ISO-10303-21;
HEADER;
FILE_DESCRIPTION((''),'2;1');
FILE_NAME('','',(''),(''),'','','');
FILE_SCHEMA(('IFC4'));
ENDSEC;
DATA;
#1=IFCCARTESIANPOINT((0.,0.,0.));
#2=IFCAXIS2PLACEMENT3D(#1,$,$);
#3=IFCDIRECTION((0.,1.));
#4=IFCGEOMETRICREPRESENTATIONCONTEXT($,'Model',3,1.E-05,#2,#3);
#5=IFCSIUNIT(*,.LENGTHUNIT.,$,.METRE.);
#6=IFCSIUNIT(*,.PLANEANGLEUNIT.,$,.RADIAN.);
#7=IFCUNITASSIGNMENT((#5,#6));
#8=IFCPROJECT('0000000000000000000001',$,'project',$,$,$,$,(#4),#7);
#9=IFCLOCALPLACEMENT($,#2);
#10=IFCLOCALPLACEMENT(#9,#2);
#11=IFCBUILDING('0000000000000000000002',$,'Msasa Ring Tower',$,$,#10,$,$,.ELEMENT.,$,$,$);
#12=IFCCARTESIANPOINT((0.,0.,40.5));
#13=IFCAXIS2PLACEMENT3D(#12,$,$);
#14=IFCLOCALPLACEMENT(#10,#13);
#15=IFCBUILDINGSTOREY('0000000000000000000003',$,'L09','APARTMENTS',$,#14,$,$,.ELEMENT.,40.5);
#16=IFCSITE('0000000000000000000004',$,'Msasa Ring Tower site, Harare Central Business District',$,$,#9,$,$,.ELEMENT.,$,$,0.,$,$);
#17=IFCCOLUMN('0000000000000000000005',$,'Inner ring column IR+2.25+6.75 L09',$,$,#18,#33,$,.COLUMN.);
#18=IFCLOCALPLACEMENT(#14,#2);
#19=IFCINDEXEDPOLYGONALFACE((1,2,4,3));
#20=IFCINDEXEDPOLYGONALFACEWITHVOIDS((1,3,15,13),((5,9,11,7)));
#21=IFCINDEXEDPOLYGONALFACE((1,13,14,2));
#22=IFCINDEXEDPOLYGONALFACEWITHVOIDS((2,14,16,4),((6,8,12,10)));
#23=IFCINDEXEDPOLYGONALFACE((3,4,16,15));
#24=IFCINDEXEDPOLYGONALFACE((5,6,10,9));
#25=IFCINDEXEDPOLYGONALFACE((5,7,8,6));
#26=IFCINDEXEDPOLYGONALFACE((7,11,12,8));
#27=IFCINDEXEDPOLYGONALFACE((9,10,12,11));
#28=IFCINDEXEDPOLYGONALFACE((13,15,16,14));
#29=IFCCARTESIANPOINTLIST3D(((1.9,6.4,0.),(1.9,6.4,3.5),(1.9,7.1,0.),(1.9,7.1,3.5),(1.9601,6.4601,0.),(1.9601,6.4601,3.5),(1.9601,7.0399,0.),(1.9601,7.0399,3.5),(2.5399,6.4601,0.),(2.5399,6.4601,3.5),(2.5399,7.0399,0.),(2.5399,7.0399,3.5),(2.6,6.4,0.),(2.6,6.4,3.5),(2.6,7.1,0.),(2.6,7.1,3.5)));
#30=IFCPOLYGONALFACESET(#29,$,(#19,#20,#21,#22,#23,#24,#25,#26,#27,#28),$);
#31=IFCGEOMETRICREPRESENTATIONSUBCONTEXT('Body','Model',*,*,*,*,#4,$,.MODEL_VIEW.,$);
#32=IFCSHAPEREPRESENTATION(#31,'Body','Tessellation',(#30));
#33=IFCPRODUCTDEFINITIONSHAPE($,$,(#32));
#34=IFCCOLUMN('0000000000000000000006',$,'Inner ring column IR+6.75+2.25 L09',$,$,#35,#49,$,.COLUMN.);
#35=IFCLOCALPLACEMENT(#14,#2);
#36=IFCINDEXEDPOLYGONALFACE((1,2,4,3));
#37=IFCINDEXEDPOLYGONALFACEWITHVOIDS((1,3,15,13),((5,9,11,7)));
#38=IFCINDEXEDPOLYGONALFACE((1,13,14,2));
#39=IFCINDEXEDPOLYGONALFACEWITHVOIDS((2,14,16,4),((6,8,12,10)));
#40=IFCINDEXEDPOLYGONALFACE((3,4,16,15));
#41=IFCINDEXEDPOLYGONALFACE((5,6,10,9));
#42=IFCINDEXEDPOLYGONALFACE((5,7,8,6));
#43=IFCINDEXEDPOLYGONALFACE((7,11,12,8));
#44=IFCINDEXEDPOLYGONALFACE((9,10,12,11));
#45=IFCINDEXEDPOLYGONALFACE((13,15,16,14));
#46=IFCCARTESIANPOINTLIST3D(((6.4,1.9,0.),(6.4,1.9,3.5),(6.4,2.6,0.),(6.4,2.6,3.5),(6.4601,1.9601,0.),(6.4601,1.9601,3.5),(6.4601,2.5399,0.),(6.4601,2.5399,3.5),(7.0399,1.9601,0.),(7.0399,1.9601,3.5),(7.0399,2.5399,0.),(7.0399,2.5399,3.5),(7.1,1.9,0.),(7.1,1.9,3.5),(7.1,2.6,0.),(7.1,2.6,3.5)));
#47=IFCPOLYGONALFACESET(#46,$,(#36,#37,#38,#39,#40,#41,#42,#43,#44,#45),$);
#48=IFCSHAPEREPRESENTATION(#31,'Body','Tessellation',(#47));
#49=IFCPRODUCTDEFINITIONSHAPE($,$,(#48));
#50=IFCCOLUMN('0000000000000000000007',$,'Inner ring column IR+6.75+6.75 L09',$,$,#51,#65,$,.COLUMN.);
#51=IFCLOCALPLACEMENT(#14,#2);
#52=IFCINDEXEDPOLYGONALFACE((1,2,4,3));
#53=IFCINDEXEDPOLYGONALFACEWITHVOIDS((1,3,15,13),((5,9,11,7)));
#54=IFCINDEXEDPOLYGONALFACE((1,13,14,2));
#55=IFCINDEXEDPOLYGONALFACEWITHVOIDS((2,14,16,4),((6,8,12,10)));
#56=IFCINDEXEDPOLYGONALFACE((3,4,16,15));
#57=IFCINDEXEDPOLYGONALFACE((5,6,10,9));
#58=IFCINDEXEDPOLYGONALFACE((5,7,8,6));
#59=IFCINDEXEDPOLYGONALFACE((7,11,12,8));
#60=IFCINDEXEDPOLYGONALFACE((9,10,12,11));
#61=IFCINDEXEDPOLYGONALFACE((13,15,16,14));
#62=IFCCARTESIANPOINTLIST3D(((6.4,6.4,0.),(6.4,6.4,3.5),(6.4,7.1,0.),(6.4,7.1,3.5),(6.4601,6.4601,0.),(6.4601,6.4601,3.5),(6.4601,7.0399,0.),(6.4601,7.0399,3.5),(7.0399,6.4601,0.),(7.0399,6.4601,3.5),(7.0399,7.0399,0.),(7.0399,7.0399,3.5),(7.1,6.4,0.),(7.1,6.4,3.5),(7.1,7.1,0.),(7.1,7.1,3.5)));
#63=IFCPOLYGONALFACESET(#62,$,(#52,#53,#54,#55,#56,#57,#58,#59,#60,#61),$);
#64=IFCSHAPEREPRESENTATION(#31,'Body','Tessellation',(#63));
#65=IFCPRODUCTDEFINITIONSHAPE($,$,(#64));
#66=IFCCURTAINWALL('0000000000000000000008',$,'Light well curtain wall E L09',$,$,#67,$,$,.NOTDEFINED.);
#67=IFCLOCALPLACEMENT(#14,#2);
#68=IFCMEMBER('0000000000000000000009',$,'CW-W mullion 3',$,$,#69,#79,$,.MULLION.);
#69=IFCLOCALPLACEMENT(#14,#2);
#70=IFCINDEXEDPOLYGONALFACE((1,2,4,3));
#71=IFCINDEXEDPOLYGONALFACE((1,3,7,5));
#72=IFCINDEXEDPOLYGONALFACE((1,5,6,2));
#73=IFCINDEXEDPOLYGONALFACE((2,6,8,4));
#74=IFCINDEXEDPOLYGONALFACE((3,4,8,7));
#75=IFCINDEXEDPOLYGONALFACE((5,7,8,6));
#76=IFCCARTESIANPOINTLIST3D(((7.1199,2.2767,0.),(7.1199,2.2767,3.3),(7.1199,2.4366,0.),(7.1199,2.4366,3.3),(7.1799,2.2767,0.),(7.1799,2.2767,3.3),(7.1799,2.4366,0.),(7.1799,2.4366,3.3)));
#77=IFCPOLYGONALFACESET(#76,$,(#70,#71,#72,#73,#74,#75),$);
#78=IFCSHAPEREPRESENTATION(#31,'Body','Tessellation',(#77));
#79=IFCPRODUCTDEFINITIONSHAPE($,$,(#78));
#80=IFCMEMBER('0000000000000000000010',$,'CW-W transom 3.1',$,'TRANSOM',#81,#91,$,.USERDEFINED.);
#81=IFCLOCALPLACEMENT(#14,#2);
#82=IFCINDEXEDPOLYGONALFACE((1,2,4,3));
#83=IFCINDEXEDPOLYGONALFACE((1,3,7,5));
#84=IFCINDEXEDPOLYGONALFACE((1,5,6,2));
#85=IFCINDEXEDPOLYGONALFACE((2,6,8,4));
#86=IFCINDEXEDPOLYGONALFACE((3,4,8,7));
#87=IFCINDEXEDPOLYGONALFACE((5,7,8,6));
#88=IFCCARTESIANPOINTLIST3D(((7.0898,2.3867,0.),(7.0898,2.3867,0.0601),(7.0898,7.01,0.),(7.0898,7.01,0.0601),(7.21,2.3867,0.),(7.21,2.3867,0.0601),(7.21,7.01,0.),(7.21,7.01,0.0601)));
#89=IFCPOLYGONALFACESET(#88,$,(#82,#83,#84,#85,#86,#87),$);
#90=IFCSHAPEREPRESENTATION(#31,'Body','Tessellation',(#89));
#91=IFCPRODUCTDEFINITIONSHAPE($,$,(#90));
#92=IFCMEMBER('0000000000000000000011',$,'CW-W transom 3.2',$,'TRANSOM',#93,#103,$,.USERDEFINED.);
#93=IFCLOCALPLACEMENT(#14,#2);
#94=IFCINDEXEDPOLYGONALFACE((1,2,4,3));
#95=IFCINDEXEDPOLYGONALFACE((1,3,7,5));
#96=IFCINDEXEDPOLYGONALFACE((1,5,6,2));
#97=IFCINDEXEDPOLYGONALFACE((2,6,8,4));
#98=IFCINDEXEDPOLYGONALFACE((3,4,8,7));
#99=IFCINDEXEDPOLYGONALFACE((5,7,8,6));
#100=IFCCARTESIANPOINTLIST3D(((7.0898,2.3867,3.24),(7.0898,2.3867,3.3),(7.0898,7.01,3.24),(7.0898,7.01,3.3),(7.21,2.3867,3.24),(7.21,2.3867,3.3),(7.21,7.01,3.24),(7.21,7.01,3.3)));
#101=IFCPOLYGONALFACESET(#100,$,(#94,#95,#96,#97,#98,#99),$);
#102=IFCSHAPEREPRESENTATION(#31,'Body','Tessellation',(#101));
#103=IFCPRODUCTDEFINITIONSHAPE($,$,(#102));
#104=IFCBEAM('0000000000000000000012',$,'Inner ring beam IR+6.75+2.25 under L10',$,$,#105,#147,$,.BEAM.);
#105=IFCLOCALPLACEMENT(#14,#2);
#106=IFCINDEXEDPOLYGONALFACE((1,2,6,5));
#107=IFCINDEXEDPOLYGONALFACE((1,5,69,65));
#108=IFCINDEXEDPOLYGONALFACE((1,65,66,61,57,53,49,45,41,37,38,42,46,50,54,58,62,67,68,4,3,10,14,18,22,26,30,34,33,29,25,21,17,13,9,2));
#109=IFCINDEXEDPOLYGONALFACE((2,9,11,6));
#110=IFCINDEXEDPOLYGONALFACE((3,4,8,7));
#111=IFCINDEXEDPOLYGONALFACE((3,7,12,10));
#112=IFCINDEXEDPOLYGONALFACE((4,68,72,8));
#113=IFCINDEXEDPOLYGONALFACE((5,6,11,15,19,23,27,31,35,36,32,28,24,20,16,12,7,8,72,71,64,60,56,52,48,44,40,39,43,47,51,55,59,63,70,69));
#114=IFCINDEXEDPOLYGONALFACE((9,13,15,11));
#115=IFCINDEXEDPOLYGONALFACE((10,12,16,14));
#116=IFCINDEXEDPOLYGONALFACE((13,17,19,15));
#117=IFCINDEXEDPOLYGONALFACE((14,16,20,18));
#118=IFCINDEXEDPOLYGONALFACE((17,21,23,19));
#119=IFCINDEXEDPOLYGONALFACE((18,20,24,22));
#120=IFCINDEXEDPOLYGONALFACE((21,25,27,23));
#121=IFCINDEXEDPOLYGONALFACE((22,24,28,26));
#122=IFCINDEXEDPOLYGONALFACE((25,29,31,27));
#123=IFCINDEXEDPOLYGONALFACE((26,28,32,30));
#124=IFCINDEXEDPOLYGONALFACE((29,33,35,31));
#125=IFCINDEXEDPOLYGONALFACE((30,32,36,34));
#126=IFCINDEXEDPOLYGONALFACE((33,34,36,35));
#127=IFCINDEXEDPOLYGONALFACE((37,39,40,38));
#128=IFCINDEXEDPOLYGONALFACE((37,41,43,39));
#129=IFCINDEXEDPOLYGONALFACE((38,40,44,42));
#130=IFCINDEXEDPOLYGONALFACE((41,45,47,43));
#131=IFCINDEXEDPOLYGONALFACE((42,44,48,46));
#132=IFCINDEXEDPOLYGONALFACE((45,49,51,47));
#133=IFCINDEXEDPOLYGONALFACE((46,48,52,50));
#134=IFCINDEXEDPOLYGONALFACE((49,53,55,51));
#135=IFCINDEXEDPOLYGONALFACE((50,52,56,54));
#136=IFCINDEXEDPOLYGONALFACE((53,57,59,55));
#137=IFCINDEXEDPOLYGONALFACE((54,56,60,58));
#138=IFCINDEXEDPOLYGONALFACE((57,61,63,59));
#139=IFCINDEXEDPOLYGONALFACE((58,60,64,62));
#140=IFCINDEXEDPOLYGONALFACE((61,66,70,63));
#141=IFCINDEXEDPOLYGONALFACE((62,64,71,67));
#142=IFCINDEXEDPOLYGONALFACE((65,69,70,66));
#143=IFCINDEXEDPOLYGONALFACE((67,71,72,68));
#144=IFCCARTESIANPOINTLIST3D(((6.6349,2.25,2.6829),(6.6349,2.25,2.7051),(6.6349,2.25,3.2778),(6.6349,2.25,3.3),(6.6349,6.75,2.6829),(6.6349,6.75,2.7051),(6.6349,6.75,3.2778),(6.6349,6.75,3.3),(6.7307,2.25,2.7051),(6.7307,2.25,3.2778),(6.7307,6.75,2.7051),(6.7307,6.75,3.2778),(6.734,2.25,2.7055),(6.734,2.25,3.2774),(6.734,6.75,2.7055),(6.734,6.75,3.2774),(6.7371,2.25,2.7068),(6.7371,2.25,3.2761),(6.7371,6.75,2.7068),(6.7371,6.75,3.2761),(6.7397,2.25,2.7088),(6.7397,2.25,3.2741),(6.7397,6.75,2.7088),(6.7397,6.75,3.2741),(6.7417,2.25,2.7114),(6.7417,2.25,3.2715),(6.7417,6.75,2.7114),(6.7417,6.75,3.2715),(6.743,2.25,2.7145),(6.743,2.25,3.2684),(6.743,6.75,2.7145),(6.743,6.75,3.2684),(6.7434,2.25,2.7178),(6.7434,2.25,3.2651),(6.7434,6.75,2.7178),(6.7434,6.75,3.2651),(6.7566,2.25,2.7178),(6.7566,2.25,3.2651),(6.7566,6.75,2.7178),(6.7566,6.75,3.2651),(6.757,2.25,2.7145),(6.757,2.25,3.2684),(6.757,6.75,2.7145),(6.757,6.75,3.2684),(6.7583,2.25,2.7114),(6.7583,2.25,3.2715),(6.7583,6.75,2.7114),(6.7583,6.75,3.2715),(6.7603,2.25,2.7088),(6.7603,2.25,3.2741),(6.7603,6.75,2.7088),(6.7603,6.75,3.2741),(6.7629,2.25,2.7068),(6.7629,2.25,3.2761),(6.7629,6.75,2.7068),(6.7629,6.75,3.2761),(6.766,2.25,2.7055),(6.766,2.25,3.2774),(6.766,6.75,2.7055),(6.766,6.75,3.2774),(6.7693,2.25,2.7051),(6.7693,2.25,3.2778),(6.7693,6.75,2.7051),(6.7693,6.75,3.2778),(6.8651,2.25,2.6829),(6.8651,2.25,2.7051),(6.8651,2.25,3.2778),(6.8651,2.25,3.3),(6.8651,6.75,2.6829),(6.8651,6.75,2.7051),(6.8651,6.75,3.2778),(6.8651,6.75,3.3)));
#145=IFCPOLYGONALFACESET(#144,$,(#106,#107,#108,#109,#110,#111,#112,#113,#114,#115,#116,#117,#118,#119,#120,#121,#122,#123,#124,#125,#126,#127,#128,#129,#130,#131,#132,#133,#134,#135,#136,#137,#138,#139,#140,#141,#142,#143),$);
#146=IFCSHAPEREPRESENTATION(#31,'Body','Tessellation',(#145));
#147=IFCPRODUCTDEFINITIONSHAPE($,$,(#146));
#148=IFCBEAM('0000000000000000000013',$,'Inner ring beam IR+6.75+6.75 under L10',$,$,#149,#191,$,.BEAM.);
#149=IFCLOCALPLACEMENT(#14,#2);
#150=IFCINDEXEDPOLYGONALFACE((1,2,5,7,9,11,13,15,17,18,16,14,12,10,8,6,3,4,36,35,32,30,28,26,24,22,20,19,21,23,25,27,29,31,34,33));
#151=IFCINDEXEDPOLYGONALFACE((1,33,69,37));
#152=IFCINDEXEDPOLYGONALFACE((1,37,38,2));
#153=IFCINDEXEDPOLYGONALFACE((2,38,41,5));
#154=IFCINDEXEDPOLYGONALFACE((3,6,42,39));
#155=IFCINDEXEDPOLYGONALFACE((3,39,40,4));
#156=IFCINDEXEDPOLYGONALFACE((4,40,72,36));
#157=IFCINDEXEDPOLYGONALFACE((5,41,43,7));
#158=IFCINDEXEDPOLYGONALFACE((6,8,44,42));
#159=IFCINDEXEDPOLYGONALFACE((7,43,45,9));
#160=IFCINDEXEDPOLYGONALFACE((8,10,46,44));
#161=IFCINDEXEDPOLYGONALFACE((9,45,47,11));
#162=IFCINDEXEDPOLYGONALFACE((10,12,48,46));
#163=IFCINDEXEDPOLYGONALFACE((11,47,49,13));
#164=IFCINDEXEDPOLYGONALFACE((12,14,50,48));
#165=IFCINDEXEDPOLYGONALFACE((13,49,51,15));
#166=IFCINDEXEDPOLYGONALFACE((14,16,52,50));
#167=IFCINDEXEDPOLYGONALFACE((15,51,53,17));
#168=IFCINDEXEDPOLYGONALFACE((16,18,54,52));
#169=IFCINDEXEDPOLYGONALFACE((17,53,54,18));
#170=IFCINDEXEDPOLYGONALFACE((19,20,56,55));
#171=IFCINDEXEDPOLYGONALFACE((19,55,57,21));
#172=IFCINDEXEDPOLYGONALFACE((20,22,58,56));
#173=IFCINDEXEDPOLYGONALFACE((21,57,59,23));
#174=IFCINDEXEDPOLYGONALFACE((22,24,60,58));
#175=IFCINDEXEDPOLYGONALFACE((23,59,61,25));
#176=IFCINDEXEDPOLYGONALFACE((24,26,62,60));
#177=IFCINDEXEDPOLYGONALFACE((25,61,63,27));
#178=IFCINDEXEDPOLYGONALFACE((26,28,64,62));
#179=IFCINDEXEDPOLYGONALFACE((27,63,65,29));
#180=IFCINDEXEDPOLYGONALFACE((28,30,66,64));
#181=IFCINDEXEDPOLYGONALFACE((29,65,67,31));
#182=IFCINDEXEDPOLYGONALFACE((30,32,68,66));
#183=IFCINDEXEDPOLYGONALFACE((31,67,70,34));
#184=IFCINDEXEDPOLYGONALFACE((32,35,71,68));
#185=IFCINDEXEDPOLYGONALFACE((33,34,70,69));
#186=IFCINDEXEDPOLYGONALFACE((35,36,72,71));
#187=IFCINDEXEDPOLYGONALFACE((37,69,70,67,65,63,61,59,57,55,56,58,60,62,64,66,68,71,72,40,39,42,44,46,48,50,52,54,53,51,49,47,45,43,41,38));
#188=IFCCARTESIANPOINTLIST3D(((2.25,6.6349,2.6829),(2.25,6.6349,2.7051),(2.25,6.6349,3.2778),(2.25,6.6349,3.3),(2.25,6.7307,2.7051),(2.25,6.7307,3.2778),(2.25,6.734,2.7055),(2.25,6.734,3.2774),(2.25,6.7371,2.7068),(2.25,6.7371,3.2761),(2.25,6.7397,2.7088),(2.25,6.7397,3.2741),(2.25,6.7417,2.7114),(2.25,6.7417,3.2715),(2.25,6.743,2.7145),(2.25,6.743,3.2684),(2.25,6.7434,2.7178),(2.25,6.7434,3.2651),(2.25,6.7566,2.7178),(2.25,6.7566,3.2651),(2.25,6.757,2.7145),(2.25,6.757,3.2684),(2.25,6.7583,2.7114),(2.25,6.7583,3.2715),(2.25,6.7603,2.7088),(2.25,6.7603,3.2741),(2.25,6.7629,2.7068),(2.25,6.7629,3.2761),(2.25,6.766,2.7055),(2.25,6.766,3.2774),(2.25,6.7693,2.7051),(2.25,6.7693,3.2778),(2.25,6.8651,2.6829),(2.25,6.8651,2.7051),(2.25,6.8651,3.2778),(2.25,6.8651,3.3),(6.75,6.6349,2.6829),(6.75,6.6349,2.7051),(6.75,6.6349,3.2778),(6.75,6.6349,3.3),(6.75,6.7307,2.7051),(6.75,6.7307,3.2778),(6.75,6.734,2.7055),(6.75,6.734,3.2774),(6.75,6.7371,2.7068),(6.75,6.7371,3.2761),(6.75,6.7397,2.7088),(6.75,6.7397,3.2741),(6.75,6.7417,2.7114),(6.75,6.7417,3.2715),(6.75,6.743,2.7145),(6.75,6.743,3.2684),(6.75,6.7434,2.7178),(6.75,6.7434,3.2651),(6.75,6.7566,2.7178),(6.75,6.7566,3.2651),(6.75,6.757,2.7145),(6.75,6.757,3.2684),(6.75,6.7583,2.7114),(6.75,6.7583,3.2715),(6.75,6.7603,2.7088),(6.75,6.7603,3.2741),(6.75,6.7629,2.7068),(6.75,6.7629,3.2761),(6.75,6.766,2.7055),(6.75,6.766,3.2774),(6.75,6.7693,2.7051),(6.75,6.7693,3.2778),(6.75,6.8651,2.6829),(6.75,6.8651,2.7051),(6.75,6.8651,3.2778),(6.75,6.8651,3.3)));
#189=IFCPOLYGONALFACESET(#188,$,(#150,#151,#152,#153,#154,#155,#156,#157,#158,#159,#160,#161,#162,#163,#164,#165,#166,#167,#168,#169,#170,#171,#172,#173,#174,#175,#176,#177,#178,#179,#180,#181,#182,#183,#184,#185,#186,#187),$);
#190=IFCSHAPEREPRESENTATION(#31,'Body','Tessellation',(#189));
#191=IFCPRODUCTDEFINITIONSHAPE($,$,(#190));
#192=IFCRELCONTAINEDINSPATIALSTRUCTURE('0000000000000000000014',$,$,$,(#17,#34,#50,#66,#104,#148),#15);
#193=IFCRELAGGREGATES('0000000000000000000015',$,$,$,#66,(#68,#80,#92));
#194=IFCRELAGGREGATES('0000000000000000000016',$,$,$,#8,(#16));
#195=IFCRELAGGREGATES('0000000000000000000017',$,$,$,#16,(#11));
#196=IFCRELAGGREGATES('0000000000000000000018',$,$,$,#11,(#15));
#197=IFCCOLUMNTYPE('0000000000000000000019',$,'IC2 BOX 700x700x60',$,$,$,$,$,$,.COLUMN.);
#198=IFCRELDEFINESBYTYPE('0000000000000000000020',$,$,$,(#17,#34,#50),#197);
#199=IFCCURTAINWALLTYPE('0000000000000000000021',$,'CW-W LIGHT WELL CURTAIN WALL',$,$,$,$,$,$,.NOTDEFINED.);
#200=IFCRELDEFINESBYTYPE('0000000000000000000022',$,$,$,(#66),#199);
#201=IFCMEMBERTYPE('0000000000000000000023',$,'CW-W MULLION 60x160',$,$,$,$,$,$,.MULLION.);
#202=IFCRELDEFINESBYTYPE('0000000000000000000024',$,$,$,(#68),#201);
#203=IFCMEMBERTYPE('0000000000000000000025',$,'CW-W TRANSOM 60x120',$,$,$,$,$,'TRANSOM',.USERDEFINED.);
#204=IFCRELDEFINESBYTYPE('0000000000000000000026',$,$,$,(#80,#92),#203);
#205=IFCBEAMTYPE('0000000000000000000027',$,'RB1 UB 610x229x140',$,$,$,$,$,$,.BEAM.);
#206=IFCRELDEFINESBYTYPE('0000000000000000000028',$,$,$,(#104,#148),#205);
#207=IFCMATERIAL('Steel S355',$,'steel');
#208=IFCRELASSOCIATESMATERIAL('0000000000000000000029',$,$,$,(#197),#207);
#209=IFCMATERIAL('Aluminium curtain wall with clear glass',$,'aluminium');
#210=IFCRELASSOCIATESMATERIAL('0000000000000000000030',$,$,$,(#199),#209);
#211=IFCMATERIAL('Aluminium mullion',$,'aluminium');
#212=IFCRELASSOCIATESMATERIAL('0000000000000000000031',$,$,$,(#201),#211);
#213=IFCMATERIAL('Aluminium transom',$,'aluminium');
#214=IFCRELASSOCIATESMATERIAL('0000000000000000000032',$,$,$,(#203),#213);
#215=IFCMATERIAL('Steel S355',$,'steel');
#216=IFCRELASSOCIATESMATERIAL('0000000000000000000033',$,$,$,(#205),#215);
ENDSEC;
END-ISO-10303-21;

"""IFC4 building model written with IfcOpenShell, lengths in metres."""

from ifc_helpers import new_model, si_unit, direction, frame, origin, origin_2d, place, context, subcontext, project, spatial, rectangle, hollow_rectangle, i_section, extrude, material, material_profile, profile_set, type_object, element, aggregate, save


model = new_model("IFC4")

# Units and contexts
model_context = context("Model", 3, precision=1e-05, world=origin(), true_north=direction((0.0, 1.0)))
body_context = subcontext(model_context, "Body", "Model", "MODEL_VIEW")
ifc_project = project(units=[si_unit("LENGTHUNIT", "METRE"), si_unit("PLANEANGLEUNIT", "RADIAN")], contexts=[model_context])

# Site, building, storey
site_placement = place(None, origin())
site = spatial("IfcSite", under=ifc_project, at=site_placement, Name="Msasa Ring Tower site, Harare Central Business District", CompositionType="ELEMENT", RefElevation=0.0)
building_placement = place(site_placement, origin())
building = spatial("IfcBuilding", under=site, at=building_placement, Name="Msasa Ring Tower", CompositionType="ELEMENT")
storey_placement = place(building_placement, frame((0.0, 0.0, 40.5)))
storey = spatial("IfcBuildingStorey", under=building, at=storey_placement, Name="L09", Description="APARTMENTS", CompositionType="ELEMENT", Elevation=40.5)

# Columns
ifc_material_1 = material(Name="Steel S355", Category="steel")
ifc_material_profile_1 = material_profile(ifc_material_1, hollow_rectangle(XDim=0.7, YDim=0.7, WallThickness=0.0601, at=origin_2d()), Name="BOX 700x700x60")
ifc_profile_set_1 = profile_set([ifc_material_profile_1], Name="Steel S355")
column_type = type_object("IfcColumnType", Name="IC2 BOX 700x700x60", PredefinedType="COLUMN", material=ifc_profile_set_1)
for number, where, z_axis, x_axis, name in (
    (1, (2.25, 6.75, 0.0), (0.0, 0.0, 1.0), (1.0, 0.0, 0.0), "Inner ring column IR+2.25+6.75 L09"),
    (2, (6.75, 2.25, 0.0), (0.0, 0.0, 1.0), (1.0, 0.0, 0.0), "Inner ring column IR+6.75+2.25 L09"),
    (3, (6.75, 6.75, 0.0), (0.0, 0.0, 1.0), (1.0, 0.0, 0.0), "Inner ring column IR+6.75+6.75 L09"),
):
    element("IfcColumn", number, at=place(storey_placement, frame(where, z_axis=z_axis, x_axis=x_axis)), inside=storey, type_object=column_type, Name=name, PredefinedType="COLUMN", context=body_context, shape_type="SweptSolid", body=[
        extrude(hollow_rectangle(XDim=0.7, YDim=0.7, WallThickness=0.0601, at=origin_2d()), origin(), (0.0, 0.0, 1.0), 3.5),
    ])

# Curtain wall, members
ifc_material_2 = material(Name="Aluminium curtain wall with clear glass", Category="aluminium")
curtain_wall_type = type_object("IfcCurtainWallType", Name="CW-W LIGHT WELL CURTAIN WALL", PredefinedType="NOTDEFINED", material=ifc_material_2)
curtain_wall_placement = place(storey_placement, origin())
curtain_wall = element("IfcCurtainWall", 4, at=curtain_wall_placement, inside=storey, type_object=curtain_wall_type, Name="Light well curtain wall E L09", PredefinedType="NOTDEFINED")
ifc_material_3 = material(Name="Aluminium mullion", Category="aluminium")
ifc_material_profile_2 = material_profile(ifc_material_3, rectangle(XDim=0.0601, YDim=0.1599, at=origin_2d()), Name="AL 60x160")
ifc_profile_set_2 = profile_set([ifc_material_profile_2], Name="Aluminium mullion")
member_type_1 = type_object("IfcMemberType", Name="CW-W MULLION 60x160", PredefinedType="MULLION", material=ifc_profile_set_2)
member_1_placement = place(storey_placement, frame((7.1499, 2.3567, 0.0), z_axis=(0.0, 0.0, 1.0), x_axis=(-1.0, 0.0, 0.0)))
member_1 = element("IfcMember", 5, at=member_1_placement, type_object=member_type_1, Name="CW-W mullion 3", PredefinedType="MULLION", context=body_context, shape_type="SweptSolid", body=[
    extrude(rectangle(XDim=0.0601, YDim=0.1599, at=origin_2d()), origin(), (0.0, 0.0, 1.0), 3.3),
])
ifc_material_4 = material(Name="Aluminium transom", Category="aluminium")
ifc_material_profile_3 = material_profile(ifc_material_4, rectangle(XDim=0.1201, YDim=0.0601, at=origin_2d()), Name="AL 60x120")
ifc_profile_set_3 = profile_set([ifc_material_profile_3], Name="Aluminium transom")
member_type_2 = type_object("IfcMemberType", Name="CW-W TRANSOM 60x120", ElementType="TRANSOM", PredefinedType="USERDEFINED", material=ifc_profile_set_3)
member_2_placement = place(storey_placement, frame((7.1499, 2.3867, 0.03), z_axis=(0.0, 1.0, 0.0), x_axis=(-1.0, 0.0, 0.0)))
member_2 = element("IfcMember", 6, at=member_2_placement, type_object=member_type_2, Name="CW-W transom 3.1", ObjectType="TRANSOM", PredefinedType="USERDEFINED", context=body_context, shape_type="SweptSolid", body=[
    extrude(rectangle(XDim=0.1201, YDim=0.0601, at=origin_2d()), origin(), (0.0, 0.0, 1.0), 4.6233),
])
member_3_placement = place(storey_placement, frame((7.1499, 2.3867, 3.27), z_axis=(0.0, 1.0, 0.0), x_axis=(-1.0, 0.0, 0.0)))
member_3 = element("IfcMember", 7, at=member_3_placement, type_object=member_type_2, Name="CW-W transom 3.2", ObjectType="TRANSOM", PredefinedType="USERDEFINED", context=body_context, shape_type="SweptSolid", body=[
    extrude(rectangle(XDim=0.1201, YDim=0.0601, at=origin_2d()), origin(), (0.0, 0.0, 1.0), 4.6233),
])

# Beams
ifc_material_5 = material(Name="Steel S355", Category="steel")
ifc_material_profile_4 = material_profile(ifc_material_5, i_section(OverallWidth=0.2302, OverallDepth=0.6172, WebThickness=0.0132, FlangeThickness=0.0222, FilletRadius=0.0127, at=origin_2d()), Name="UB 610x229x140")
ifc_profile_set_4 = profile_set([ifc_material_profile_4], Name="Steel S355")
beam_type = type_object("IfcBeamType", Name="RB1 UB 610x229x140", PredefinedType="BEAM", material=ifc_profile_set_4)
for number, where, z_axis, x_axis, name in (
    (8, (6.75, 2.25, 2.9915), (0.0, 1.0, 0.0), (-1.0, 0.0, 0.0), "Inner ring beam IR+6.75+2.25 under L10"),
    (9, (6.75, 6.75, 2.9915), (-1.0, 0.0, 0.0), (0.0, -1.0, 0.0), "Inner ring beam IR+6.75+6.75 under L10"),
):
    element("IfcBeam", number, at=place(storey_placement, frame(where, z_axis=z_axis, x_axis=x_axis)), inside=storey, type_object=beam_type, Name=name, PredefinedType="BEAM", context=body_context, shape_type="SweptSolid", body=[
        extrude(i_section(OverallWidth=0.2302, OverallDepth=0.6172, WebThickness=0.0132, FlangeThickness=0.0222, FilletRadius=0.0127, at=origin_2d()), origin(), (0.0, 0.0, 1.0), 4.5),
    ])

aggregate(curtain_wall, [member_1, member_2, member_3])

save(model, "model.ifc")
